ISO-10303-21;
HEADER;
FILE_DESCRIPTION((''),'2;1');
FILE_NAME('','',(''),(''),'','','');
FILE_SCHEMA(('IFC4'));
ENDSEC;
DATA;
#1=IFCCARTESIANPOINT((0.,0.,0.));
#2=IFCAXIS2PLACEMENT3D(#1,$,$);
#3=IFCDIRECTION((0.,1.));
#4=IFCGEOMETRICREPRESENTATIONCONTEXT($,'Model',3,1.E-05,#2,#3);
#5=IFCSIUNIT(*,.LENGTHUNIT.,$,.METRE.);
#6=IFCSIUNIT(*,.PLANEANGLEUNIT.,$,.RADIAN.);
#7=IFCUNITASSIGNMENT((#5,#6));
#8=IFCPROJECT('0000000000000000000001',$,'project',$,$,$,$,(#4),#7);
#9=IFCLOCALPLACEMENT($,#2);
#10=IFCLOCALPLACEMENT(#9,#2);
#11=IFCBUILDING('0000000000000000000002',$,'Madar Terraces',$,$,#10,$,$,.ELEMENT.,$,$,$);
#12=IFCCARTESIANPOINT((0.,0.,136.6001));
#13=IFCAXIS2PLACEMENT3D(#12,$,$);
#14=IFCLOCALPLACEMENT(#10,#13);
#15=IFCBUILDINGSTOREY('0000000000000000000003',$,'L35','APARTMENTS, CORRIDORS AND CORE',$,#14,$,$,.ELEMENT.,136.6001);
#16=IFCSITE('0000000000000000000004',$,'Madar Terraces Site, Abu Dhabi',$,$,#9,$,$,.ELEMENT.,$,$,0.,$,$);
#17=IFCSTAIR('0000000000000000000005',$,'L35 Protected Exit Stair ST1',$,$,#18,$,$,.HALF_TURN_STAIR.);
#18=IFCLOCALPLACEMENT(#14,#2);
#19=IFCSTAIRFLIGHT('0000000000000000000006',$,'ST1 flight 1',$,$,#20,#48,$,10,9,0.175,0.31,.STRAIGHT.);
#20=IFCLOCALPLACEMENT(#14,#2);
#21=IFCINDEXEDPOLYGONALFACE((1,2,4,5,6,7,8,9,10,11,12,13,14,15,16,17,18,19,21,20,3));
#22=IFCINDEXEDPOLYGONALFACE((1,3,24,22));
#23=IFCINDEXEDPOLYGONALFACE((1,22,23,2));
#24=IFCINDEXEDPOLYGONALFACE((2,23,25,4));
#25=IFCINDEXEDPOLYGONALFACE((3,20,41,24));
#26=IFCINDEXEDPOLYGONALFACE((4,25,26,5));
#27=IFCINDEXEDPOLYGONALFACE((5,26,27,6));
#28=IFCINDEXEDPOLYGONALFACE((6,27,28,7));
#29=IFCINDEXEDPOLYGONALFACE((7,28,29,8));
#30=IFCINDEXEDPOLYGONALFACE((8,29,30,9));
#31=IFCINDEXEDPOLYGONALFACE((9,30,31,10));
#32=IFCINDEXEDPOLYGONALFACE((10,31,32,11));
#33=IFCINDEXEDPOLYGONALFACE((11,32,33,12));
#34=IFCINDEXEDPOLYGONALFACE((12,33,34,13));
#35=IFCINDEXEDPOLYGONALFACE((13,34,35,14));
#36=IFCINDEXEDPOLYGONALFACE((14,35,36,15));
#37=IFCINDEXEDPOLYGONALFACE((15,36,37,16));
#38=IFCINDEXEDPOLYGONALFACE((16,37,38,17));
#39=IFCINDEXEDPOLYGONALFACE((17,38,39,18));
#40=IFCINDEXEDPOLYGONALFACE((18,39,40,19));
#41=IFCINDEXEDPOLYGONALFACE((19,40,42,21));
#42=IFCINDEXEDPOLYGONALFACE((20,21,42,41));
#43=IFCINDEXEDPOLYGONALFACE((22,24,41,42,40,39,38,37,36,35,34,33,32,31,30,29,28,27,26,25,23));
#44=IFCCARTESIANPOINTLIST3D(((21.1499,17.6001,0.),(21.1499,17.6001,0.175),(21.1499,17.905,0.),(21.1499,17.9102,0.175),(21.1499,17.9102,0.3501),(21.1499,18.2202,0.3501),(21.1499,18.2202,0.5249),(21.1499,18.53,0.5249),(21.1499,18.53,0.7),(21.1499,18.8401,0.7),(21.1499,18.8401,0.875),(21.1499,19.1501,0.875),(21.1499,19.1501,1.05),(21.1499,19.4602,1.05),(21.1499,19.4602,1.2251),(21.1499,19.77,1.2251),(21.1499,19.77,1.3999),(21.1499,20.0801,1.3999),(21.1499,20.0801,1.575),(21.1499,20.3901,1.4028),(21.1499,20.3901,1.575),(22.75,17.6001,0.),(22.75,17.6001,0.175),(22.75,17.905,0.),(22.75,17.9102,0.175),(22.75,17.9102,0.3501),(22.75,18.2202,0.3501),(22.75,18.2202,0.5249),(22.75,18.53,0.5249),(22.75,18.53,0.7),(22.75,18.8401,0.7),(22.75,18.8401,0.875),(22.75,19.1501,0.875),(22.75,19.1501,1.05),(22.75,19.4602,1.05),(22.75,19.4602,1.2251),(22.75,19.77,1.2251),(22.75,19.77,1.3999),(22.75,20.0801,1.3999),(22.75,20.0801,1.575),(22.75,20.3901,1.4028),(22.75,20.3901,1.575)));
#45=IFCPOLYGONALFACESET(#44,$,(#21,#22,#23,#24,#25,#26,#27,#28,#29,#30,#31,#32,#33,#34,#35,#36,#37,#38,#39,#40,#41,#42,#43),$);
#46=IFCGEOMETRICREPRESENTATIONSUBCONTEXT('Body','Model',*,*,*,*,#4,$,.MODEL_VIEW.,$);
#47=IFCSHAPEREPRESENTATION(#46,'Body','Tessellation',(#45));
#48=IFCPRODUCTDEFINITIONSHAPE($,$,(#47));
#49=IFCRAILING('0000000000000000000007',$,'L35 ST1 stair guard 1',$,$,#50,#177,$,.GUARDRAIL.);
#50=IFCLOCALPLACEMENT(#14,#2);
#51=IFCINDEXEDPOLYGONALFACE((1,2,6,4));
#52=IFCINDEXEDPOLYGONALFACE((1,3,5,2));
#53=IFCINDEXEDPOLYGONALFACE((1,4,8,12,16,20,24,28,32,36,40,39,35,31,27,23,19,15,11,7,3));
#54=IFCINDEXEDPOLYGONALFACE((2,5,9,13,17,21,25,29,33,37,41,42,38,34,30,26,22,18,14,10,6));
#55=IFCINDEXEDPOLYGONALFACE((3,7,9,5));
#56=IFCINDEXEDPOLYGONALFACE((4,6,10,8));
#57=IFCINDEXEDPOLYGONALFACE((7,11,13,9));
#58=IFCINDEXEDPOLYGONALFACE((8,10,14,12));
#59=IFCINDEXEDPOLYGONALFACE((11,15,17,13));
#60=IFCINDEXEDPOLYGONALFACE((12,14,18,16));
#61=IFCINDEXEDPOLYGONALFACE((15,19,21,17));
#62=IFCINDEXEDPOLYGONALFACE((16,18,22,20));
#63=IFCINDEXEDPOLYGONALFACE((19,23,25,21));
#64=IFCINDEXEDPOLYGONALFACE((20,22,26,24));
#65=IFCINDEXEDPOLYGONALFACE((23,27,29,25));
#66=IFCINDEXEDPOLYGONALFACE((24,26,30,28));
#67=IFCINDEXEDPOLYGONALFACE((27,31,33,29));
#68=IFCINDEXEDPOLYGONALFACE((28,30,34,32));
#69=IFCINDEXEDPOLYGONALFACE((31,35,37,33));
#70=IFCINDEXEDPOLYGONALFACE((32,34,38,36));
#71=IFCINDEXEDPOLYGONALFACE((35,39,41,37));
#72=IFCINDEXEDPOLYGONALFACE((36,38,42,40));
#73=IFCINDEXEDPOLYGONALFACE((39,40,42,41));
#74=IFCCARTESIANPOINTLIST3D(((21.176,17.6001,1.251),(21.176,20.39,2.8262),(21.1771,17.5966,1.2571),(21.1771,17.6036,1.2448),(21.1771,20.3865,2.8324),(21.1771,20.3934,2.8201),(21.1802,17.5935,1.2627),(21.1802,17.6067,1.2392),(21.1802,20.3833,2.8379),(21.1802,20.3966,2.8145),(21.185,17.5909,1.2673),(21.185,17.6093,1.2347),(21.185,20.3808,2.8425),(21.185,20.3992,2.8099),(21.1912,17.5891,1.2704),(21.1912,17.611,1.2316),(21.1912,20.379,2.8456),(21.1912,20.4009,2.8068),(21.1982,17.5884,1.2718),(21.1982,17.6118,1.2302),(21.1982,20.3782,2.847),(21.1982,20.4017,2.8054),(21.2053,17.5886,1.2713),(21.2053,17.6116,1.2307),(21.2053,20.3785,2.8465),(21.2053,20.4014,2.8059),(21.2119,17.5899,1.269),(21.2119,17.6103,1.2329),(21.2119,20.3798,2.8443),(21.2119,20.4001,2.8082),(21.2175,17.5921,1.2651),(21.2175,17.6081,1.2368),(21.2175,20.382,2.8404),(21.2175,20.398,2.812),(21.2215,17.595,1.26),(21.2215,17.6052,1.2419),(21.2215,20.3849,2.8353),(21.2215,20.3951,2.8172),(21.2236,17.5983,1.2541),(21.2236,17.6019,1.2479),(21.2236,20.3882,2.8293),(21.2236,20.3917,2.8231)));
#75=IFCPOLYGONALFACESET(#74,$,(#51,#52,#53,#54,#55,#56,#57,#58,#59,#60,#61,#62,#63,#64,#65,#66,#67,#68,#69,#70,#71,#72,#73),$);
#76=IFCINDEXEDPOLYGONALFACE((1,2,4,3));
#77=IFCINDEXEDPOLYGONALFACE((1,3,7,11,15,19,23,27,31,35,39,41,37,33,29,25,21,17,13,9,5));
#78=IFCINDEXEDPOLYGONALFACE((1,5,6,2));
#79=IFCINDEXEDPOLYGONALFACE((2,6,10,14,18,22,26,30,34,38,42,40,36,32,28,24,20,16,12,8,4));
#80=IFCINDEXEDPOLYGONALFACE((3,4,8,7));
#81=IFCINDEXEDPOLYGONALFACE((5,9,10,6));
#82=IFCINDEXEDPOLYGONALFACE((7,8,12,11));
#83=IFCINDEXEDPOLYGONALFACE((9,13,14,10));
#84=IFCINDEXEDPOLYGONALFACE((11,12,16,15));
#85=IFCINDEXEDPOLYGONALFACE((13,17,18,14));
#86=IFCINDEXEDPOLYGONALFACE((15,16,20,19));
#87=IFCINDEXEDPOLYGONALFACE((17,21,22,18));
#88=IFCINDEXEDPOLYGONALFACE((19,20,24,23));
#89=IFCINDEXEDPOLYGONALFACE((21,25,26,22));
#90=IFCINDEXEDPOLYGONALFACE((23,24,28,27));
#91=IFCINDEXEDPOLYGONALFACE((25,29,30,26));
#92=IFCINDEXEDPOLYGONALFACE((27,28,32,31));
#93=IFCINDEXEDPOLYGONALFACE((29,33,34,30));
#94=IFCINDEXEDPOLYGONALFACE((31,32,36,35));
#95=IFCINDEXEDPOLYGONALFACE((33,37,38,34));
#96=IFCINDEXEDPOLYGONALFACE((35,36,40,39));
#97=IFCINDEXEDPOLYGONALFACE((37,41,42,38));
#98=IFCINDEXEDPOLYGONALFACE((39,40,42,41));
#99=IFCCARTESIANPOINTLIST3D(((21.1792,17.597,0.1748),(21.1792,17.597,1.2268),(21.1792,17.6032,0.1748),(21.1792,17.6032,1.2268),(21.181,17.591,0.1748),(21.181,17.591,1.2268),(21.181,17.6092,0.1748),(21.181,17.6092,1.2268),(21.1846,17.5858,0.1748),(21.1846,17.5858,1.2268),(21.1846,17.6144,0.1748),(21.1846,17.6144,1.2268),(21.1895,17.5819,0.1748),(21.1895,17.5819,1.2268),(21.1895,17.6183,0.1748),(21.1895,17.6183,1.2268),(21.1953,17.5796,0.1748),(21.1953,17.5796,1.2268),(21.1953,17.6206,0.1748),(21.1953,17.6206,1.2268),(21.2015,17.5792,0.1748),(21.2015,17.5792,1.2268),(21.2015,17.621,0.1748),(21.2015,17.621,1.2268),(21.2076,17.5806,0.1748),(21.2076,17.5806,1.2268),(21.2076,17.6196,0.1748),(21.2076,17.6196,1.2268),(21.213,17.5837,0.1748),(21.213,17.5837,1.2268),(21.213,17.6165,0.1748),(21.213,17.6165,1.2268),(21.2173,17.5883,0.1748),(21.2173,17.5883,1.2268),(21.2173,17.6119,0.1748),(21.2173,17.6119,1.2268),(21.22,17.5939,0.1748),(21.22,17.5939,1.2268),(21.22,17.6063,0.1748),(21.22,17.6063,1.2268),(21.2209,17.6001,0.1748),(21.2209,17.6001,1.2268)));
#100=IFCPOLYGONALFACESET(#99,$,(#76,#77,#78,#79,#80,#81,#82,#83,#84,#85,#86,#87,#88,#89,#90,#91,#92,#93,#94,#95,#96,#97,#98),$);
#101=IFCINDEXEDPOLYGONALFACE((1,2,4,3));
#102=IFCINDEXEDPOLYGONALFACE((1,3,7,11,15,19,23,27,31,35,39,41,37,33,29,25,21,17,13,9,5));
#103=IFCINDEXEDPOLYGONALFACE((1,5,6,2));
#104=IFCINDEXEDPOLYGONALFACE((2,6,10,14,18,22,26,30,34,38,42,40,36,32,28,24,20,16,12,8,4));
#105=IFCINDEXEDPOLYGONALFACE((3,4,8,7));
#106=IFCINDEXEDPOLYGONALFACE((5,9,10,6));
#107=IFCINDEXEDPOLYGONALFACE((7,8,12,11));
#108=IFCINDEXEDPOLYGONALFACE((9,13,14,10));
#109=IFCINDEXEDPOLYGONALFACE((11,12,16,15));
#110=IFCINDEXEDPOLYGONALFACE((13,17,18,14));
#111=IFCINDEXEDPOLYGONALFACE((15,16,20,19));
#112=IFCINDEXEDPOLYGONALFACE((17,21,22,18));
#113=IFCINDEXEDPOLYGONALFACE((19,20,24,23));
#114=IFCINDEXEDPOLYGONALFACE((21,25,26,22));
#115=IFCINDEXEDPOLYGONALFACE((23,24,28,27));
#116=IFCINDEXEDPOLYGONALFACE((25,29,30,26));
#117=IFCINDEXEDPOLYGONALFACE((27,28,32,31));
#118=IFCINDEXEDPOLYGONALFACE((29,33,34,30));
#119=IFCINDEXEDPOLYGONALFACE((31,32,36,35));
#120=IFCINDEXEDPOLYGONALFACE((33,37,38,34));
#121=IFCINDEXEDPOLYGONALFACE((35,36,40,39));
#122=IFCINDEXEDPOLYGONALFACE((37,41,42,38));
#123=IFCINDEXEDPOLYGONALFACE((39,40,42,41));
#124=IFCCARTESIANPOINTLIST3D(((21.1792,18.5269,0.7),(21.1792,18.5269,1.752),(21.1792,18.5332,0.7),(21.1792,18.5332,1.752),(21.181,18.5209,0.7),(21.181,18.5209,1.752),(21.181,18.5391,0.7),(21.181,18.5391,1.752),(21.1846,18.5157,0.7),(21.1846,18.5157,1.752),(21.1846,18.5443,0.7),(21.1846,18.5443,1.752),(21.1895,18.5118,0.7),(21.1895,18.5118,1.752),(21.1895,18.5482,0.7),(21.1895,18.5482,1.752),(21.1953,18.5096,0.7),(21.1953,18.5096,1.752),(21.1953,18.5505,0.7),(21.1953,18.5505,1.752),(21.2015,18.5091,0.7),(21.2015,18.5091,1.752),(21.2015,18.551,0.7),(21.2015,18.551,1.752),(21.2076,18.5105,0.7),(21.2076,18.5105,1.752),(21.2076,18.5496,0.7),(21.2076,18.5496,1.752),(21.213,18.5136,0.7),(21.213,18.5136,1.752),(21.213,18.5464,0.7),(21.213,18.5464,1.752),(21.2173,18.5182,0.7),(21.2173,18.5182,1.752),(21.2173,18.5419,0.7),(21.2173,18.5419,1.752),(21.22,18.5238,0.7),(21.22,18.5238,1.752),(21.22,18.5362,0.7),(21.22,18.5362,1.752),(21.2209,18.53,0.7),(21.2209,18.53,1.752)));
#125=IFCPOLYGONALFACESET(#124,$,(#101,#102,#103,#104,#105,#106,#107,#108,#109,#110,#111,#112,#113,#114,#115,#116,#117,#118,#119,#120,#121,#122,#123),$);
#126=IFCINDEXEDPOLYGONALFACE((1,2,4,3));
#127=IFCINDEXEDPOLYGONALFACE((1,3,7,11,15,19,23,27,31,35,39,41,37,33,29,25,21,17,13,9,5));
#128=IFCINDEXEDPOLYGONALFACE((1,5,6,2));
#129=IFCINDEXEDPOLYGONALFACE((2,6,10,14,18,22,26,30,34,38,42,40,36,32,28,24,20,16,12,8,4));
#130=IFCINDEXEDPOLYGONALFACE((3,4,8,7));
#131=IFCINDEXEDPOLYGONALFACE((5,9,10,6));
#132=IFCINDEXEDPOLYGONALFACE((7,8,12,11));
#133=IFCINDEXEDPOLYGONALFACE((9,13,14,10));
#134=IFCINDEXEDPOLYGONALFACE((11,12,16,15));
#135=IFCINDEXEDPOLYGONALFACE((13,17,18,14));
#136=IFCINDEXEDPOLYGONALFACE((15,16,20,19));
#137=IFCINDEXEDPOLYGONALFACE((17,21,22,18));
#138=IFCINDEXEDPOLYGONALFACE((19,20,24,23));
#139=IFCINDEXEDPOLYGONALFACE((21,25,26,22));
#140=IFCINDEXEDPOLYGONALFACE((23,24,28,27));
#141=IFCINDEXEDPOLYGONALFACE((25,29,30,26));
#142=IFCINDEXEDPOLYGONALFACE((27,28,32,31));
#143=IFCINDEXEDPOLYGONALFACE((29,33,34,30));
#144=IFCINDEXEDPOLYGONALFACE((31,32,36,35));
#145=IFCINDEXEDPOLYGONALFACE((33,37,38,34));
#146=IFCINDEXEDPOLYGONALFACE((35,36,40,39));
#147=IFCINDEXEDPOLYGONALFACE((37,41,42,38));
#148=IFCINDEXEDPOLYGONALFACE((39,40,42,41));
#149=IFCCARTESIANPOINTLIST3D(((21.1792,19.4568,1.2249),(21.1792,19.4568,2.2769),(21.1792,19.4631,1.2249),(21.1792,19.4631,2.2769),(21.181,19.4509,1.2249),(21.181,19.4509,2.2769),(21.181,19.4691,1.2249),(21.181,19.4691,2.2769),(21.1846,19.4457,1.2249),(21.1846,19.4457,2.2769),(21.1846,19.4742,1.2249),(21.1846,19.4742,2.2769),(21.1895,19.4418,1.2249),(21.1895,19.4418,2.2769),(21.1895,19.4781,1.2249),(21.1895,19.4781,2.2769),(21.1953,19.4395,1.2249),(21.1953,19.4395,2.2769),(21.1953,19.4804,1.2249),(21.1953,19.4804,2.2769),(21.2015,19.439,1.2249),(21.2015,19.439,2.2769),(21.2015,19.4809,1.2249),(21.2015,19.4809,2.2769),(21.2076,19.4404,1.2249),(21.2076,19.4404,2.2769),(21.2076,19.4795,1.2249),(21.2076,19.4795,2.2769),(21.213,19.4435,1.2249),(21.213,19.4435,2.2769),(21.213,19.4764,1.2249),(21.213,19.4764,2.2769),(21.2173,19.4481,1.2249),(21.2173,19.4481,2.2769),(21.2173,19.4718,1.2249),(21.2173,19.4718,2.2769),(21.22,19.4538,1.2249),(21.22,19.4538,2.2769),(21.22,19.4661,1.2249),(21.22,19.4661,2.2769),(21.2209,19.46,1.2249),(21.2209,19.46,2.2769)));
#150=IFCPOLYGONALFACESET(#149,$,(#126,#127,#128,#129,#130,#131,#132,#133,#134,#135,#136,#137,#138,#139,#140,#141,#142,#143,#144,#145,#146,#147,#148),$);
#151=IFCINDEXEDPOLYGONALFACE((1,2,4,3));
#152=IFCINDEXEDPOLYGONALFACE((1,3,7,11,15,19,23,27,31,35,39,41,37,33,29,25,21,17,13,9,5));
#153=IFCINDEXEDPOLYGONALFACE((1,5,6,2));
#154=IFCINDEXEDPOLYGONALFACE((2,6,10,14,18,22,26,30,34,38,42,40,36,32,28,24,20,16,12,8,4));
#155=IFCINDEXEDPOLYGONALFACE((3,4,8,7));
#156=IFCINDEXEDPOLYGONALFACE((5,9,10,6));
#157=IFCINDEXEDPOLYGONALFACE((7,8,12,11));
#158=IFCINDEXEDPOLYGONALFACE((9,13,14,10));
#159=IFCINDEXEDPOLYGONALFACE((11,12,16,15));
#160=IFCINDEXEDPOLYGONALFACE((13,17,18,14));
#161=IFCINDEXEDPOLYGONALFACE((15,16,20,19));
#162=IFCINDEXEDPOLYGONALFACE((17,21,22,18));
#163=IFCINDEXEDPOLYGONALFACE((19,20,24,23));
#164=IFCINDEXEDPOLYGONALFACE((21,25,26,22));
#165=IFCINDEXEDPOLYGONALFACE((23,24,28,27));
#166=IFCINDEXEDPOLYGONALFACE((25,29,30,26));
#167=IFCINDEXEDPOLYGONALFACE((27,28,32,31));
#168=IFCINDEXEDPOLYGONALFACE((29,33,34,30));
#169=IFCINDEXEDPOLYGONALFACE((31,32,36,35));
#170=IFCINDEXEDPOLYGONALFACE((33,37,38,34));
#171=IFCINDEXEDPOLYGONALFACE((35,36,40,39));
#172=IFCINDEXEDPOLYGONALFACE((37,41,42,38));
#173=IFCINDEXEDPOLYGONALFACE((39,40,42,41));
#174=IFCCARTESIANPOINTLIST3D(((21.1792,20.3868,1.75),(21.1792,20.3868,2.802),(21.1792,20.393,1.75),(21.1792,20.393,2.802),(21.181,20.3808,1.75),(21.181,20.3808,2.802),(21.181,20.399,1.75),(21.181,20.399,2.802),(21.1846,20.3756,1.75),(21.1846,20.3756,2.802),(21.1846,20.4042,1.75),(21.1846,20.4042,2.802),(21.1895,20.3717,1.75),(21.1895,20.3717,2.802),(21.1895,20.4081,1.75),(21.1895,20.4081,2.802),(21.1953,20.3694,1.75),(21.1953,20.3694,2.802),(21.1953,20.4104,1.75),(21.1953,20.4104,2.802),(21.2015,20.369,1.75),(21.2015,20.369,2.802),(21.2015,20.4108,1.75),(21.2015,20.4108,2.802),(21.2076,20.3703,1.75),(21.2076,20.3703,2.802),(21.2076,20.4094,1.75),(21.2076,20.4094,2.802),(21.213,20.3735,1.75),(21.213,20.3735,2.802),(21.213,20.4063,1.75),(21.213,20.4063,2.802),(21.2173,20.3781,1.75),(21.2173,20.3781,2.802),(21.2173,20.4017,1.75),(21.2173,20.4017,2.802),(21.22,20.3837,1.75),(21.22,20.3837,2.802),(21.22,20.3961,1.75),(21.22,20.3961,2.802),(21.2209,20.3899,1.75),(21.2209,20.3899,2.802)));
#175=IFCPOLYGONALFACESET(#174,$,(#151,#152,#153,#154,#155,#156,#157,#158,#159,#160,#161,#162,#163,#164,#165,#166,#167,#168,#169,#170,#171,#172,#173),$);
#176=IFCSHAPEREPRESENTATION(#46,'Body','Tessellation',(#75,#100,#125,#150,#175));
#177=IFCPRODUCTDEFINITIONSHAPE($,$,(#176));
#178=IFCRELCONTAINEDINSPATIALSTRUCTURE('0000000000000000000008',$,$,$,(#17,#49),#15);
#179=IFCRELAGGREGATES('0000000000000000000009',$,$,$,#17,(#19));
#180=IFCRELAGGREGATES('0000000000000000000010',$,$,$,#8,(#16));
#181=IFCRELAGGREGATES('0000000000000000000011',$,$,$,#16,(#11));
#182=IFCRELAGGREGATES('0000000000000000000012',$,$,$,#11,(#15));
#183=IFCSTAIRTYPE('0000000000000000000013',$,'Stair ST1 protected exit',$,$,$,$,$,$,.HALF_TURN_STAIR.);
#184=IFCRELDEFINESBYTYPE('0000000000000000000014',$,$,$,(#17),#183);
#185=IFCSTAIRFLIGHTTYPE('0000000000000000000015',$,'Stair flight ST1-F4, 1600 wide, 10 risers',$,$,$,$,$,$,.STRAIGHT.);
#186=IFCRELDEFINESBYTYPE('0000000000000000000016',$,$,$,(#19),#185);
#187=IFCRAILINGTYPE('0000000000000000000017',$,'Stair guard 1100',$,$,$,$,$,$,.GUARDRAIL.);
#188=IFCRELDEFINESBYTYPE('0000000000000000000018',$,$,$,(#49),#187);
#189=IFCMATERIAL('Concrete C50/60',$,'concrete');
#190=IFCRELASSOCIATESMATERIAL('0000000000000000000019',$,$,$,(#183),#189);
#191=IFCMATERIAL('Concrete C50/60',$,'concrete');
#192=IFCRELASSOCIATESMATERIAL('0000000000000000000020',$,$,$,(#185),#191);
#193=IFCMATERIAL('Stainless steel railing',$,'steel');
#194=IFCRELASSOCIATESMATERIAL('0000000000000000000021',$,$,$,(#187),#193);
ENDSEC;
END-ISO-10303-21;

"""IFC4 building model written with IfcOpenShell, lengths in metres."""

from ifc_helpers import new_model, si_unit, direction, frame, origin, origin_2d, place, context, subcontext, project, spatial, polyline, circle, outline, extrude, material, type_object, element, aggregate, save


model = new_model("IFC4")

# Units and contexts
model_context = context("Model", 3, precision=1e-05, world=origin(), true_north=direction((0.0, 1.0)))
body_context = subcontext(model_context, "Body", "Model", "MODEL_VIEW")
ifc_project = project(units=[si_unit("LENGTHUNIT", "METRE"), si_unit("PLANEANGLEUNIT", "RADIAN")], contexts=[model_context])

# Site, building, storey
site_placement = place(None, origin())
site = spatial("IfcSite", under=ifc_project, at=site_placement, Name="Madar Terraces Site, Abu Dhabi", CompositionType="ELEMENT", RefElevation=0.0)
building_placement = place(site_placement, origin())
building = spatial("IfcBuilding", under=site, at=building_placement, Name="Madar Terraces", CompositionType="ELEMENT")
storey_placement = place(building_placement, frame((0.0, 0.0, 136.6001)))
storey = spatial("IfcBuildingStorey", under=building, at=storey_placement, Name="L35", Description="APARTMENTS, CORRIDORS AND CORE", CompositionType="ELEMENT", Elevation=136.6001)

# Stair, stair flight
ifc_material_1 = material(Name="Concrete C50/60", Category="concrete")
stair_type = type_object("IfcStairType", Name="Stair ST1 protected exit", PredefinedType="HALF_TURN_STAIR", material=ifc_material_1)
stair_placement = place(storey_placement, origin())
stair = element("IfcStair", 1, at=stair_placement, inside=storey, type_object=stair_type, Name="L35 Protected Exit Stair ST1", PredefinedType="HALF_TURN_STAIR")
ifc_material_2 = material(Name="Concrete C50/60", Category="concrete")
stair_flight_type = type_object("IfcStairFlightType", Name="Stair flight ST1-F4, 1600 wide, 10 risers", PredefinedType="STRAIGHT", material=ifc_material_2)
stair_flight_placement = place(storey_placement, frame((21.95, 17.6001, 0.0), z_axis=(0.0, 0.0, 1.0), x_axis=(0.0, 1.0, 0.0)))
stair_flight = element("IfcStairFlight", 2, at=stair_flight_placement, type_object=stair_flight_type, Name="ST1 flight 1", NumberOfRisers=10, NumberOfTreads=9, PredefinedType="STRAIGHT", RiserHeight=0.175, TreadLength=0.31, context=body_context, shape_type="SweptSolid", body=[
    extrude(outline(polyline([(0.0, 0.0), (0.0, 0.175), (0.3101, 0.175), (0.3101, 0.3501), (0.6201, 0.3501), (0.6201, 0.5249), (0.9299, 0.5249), (0.9299, 0.7), (1.24, 0.7), (1.24, 0.875), (1.55, 0.875), (1.55, 1.05), (1.8601, 1.05), (1.8601, 1.2251), (2.1699, 1.2251), (2.1699, 1.3999), (2.48, 1.3999), (2.48, 1.575), (2.79, 1.575), (2.79, 1.75), (2.79, 1.4028), (0.3049, 0.0), (0.0, 0.0)])), frame((0.0, 0.8, 0.0), z_axis=(0.0, -1.0, 0.0), x_axis=(1.0, 0.0, 0.0)), (0.0, 0.0, 1.0), 1.6001),
])
aggregate(stair, [stair_flight])

# Railing
ifc_material_3 = material(Name="Stainless steel railing", Category="steel")
railing_type_1 = type_object("IfcRailingType", Name="Stair guard 1100", PredefinedType="GUARDRAIL", material=ifc_material_3)
railing_1_placement = place(storey_placement, frame((21.2, 17.6001, 0.1748)))
element("IfcRailing", 3, at=railing_1_placement, inside=storey, type_object=railing_type_1, Name="L35 ST1 stair guard 1", PredefinedType="GUARDRAIL", context=body_context, shape_type="SweptSolid", body=[
    extrude(circle(Radius=0.0239, at=origin_2d()), frame((0.0, 0.0, 1.0762), z_axis=(0.0, 0.870783, 0.491668), x_axis=(-1.0, 0.0, 0.0)), (0.0, 0.0, 1.0), 3.2039),
    extrude(circle(Radius=0.021, at=origin_2d()), origin(), (0.0, 0.0, 1.0), 1.052),
    extrude(circle(Radius=0.021, at=origin_2d()), frame((0.0, 0.9299, 0.5251)), (0.0, 0.0, 1.0), 1.052),
    extrude(circle(Radius=0.021, at=origin_2d()), frame((0.0, 1.8599, 1.05)), (0.0, 0.0, 1.0), 1.052),
    extrude(circle(Radius=0.021, at=origin_2d()), frame((0.0, 2.7898, 1.5752)), (0.0, 0.0, 1.0), 1.052),
])

save(model, "model.ifc")
